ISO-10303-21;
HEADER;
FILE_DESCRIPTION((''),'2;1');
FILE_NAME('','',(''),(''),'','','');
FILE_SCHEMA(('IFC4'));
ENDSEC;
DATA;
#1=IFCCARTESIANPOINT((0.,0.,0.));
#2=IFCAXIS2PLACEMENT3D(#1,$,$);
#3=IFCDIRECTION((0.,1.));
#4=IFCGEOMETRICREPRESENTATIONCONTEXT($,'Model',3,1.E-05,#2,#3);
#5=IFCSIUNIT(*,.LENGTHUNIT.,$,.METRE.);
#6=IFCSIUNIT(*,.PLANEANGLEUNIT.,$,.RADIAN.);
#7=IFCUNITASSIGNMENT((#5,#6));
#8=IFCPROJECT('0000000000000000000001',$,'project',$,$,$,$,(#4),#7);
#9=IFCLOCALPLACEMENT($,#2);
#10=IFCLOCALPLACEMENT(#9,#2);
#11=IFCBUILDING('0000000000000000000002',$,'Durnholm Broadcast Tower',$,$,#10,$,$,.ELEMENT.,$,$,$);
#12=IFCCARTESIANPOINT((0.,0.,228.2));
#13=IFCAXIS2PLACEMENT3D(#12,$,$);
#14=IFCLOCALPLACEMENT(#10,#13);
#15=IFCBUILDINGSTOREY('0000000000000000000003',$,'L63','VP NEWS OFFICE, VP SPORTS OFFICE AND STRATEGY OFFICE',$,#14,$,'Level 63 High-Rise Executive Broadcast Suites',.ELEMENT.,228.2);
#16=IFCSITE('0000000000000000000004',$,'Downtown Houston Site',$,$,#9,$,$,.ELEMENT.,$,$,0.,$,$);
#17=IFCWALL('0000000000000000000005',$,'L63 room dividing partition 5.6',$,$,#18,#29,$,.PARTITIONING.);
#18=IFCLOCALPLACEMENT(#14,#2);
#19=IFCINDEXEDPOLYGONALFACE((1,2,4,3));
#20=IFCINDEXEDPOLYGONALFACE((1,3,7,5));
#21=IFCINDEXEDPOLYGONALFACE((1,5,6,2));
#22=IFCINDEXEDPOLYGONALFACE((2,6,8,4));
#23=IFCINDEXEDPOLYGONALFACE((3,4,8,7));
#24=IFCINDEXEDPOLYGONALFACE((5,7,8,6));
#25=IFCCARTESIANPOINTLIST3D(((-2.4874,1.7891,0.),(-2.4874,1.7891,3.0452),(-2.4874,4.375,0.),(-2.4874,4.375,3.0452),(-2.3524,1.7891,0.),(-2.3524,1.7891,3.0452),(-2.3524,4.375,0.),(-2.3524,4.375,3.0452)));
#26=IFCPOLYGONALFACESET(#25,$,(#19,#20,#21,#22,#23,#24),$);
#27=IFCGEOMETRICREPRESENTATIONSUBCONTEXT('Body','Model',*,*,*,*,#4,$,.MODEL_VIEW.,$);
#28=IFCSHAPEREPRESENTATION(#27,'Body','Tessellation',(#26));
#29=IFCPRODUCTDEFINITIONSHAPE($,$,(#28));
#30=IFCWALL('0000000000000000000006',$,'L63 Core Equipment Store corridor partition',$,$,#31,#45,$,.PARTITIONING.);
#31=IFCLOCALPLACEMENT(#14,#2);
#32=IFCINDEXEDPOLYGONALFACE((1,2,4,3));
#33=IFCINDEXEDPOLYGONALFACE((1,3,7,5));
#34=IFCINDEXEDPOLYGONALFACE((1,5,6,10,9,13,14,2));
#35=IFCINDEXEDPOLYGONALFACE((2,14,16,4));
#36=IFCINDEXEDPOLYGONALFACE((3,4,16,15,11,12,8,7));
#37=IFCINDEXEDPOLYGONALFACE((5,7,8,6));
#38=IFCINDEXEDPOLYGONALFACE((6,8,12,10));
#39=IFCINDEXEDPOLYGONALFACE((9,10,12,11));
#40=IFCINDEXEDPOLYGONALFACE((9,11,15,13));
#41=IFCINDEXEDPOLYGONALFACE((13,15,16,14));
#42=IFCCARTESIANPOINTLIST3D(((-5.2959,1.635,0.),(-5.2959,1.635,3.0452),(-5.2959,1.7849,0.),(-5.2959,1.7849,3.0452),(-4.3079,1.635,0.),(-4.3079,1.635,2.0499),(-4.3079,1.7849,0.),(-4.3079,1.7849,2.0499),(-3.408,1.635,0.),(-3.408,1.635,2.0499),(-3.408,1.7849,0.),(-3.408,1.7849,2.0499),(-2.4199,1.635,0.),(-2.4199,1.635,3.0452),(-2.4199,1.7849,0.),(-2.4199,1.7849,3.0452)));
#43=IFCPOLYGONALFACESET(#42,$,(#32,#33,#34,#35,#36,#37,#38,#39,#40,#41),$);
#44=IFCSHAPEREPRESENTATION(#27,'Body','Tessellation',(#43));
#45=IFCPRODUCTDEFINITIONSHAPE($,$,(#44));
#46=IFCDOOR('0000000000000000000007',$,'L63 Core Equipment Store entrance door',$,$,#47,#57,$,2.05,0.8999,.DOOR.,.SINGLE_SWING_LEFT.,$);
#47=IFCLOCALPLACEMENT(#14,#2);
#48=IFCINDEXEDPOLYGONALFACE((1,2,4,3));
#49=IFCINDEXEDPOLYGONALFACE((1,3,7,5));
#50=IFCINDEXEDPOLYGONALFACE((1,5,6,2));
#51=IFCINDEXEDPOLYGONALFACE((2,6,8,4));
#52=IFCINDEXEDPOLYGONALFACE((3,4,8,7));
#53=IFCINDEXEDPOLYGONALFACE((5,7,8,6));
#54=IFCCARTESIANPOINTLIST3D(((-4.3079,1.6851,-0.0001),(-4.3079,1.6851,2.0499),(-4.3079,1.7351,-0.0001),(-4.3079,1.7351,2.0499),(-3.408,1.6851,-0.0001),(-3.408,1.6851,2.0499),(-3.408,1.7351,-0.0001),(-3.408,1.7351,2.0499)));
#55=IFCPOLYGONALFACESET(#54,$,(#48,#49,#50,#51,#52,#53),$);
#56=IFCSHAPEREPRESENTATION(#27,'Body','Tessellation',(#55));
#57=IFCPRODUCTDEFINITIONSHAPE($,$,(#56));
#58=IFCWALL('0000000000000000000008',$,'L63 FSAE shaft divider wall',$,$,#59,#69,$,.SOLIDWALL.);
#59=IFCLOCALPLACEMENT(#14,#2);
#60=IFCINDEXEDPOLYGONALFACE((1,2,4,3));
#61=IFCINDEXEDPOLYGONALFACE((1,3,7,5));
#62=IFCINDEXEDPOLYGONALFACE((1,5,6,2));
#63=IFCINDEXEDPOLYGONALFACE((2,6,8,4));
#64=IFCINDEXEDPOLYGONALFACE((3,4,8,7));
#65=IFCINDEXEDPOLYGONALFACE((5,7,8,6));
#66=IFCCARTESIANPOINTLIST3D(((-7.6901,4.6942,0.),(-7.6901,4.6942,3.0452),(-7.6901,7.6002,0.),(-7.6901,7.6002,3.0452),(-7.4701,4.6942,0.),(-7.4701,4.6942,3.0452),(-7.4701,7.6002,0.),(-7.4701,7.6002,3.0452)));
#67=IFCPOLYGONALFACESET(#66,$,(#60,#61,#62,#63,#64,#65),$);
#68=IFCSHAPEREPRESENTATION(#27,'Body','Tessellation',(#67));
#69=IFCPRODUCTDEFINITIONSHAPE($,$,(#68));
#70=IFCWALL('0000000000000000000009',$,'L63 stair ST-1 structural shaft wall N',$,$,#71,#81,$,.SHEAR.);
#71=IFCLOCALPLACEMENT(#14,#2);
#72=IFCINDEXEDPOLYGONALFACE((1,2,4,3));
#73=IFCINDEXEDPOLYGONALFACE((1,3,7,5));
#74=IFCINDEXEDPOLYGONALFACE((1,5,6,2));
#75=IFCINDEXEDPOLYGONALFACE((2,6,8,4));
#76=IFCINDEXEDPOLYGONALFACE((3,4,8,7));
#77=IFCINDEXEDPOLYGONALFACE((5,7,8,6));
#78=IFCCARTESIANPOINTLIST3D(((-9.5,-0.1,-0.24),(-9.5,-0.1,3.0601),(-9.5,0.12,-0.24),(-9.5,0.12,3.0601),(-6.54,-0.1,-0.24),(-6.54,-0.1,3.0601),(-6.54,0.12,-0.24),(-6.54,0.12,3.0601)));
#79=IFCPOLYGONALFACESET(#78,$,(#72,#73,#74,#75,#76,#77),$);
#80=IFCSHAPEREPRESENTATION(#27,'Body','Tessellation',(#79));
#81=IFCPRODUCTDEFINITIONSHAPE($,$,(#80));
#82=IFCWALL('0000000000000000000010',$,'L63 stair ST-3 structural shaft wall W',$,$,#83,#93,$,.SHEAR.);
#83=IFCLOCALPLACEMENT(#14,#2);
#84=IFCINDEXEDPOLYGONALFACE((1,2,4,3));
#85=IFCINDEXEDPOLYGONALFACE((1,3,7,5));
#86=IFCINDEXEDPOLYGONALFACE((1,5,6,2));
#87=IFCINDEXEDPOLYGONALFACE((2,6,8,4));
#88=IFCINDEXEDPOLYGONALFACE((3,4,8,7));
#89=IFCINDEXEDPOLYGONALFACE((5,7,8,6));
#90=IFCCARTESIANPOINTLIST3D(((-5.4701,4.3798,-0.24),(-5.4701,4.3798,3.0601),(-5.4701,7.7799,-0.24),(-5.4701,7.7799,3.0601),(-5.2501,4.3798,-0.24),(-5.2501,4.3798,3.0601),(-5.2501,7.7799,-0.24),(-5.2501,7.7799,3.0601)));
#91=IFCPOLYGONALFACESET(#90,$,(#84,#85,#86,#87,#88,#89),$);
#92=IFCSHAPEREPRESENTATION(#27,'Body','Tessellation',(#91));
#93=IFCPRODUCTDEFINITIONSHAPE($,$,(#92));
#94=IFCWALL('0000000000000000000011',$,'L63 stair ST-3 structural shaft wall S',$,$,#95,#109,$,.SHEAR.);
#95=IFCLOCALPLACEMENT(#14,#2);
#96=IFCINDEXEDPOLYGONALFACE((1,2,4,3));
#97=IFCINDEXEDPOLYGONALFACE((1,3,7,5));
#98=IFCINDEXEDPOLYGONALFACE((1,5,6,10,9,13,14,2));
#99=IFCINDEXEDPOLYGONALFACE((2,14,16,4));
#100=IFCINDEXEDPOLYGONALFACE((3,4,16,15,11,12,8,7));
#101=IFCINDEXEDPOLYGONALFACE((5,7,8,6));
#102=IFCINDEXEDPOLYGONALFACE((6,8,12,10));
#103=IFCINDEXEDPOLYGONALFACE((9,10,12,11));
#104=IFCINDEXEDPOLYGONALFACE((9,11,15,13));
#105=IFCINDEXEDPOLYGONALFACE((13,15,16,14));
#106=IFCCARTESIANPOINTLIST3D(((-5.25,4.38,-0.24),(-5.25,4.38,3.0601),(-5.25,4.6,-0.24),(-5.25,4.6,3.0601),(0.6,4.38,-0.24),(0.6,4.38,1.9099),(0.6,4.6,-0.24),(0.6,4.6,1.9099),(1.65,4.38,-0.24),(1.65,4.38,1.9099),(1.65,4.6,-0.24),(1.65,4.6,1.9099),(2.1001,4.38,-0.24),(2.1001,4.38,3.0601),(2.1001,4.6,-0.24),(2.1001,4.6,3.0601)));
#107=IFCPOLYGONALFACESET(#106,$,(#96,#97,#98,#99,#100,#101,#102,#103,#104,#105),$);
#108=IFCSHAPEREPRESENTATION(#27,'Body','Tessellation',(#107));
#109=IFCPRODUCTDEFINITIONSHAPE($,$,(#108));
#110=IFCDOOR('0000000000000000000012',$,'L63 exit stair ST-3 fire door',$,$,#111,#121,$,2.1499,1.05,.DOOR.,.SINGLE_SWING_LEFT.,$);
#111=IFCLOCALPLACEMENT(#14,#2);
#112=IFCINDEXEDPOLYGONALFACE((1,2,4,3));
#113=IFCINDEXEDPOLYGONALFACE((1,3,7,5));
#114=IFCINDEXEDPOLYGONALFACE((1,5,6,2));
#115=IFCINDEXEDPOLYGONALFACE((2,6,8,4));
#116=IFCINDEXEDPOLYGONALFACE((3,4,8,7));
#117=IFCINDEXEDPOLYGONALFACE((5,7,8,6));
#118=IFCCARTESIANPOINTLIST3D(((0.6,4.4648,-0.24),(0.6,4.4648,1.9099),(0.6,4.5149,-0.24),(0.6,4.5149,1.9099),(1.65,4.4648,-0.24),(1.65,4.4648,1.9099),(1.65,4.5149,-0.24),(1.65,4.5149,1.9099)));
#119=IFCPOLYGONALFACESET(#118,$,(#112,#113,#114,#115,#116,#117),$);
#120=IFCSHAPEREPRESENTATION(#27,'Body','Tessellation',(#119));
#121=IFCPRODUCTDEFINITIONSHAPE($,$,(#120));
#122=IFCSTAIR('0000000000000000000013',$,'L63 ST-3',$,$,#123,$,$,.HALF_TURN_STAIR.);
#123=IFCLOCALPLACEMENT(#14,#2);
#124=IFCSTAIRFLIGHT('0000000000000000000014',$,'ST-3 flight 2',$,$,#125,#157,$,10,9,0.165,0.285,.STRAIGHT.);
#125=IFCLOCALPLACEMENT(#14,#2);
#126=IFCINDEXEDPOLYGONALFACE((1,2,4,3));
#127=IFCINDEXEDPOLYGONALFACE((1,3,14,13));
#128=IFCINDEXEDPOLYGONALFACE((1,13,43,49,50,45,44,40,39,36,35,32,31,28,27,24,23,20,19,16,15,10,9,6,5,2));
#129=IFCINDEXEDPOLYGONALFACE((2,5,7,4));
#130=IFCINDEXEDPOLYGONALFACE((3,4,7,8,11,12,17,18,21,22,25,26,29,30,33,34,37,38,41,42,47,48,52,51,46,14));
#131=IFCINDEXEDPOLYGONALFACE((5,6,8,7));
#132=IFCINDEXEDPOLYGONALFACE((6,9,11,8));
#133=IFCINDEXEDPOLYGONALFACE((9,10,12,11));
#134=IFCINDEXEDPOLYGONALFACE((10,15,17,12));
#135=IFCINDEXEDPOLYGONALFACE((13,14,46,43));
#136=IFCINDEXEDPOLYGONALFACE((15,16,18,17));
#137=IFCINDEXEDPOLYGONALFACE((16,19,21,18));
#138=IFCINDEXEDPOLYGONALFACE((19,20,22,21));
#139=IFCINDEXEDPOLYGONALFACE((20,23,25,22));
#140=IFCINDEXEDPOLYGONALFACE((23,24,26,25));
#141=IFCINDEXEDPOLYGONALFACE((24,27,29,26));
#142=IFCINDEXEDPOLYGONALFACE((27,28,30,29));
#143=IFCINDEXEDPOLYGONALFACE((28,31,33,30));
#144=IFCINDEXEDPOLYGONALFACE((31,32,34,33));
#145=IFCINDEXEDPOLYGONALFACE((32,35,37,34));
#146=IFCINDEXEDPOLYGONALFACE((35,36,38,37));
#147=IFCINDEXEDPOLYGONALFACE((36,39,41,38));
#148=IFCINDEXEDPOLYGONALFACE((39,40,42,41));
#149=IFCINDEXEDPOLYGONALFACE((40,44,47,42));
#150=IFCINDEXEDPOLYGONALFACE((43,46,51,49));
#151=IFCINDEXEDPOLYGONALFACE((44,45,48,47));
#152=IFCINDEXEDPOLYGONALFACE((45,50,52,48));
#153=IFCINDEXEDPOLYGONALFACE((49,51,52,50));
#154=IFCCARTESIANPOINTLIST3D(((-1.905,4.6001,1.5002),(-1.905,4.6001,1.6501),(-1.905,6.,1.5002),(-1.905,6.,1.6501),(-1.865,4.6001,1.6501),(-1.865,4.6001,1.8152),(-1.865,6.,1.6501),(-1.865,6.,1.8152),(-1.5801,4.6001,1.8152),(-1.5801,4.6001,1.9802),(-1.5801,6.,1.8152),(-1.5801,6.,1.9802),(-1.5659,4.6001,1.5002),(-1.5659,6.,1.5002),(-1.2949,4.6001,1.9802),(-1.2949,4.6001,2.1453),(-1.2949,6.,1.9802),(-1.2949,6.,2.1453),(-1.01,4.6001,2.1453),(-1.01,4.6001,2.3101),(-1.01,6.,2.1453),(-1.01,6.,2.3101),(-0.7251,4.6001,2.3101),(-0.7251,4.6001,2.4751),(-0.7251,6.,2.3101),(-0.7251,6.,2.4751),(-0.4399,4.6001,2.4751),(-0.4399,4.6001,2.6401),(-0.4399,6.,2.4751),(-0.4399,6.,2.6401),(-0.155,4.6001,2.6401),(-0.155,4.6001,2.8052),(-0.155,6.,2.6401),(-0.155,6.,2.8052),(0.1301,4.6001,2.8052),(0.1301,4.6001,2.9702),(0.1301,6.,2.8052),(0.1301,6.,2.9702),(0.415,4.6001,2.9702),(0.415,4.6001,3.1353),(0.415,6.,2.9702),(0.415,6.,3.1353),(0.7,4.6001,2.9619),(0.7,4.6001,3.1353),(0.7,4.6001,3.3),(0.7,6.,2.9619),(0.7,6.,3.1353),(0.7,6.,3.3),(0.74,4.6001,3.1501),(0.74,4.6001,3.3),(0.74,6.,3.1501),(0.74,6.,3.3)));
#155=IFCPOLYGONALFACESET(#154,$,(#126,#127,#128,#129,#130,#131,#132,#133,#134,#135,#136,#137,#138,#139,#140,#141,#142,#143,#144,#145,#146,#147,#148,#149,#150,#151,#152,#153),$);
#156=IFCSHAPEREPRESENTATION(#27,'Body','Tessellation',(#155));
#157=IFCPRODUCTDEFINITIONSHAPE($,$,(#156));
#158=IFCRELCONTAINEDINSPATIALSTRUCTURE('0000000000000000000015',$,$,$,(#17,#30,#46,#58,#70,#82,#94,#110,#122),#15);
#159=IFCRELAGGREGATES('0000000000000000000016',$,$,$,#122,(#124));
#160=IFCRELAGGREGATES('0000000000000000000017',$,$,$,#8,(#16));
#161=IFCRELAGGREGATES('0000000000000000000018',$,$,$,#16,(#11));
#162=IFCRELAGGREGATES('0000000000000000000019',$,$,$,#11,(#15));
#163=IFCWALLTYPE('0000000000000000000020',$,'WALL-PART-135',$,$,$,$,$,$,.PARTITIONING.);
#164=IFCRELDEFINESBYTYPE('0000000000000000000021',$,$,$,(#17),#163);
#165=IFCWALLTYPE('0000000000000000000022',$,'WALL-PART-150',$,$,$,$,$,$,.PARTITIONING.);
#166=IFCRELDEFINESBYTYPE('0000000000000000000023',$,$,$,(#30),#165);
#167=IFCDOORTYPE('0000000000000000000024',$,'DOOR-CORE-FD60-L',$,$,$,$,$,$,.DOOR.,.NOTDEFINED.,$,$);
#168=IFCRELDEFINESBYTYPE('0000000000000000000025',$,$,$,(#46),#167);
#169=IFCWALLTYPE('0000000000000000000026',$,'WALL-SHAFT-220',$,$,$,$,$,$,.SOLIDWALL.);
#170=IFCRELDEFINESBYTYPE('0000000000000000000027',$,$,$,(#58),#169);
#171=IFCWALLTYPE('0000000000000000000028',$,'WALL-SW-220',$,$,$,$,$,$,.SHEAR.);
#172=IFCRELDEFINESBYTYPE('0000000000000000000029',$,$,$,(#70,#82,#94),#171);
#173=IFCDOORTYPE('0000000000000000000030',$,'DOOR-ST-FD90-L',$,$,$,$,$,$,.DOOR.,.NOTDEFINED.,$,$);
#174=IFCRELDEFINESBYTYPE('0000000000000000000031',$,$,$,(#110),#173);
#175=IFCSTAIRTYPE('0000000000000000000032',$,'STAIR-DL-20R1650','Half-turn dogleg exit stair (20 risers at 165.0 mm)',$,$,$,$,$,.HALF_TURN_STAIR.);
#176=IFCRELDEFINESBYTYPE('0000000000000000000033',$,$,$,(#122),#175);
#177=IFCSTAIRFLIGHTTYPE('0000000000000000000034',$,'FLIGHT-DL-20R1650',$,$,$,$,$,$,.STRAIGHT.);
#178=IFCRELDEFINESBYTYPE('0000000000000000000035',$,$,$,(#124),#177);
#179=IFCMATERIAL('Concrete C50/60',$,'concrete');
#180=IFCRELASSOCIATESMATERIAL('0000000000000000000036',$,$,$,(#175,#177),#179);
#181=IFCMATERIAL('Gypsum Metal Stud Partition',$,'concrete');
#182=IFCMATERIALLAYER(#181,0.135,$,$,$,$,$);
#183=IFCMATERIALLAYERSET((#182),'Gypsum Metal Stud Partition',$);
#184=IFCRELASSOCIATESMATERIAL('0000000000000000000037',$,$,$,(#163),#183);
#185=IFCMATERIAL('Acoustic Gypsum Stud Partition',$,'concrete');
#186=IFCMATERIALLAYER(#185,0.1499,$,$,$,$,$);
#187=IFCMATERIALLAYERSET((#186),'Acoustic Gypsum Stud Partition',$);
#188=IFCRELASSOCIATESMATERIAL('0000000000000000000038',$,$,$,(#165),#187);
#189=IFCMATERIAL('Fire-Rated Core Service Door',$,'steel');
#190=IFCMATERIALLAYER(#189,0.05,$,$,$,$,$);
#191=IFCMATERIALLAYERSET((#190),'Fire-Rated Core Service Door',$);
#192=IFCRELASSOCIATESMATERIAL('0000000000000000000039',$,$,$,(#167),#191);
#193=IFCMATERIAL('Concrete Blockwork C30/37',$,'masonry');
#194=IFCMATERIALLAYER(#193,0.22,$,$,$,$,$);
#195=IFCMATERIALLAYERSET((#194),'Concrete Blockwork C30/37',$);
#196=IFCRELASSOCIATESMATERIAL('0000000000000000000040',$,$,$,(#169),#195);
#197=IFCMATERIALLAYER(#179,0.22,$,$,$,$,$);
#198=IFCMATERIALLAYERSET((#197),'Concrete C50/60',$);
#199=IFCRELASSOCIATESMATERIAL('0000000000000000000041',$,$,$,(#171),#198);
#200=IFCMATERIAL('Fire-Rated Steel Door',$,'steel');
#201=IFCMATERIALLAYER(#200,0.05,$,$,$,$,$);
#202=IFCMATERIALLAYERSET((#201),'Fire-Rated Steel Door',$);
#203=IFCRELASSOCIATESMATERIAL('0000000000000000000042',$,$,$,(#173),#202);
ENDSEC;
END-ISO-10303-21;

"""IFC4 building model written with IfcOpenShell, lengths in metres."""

from ifc_helpers import new_model, si_unit, direction, frame, frame_2d, origin, place, context, subcontext, project, spatial, polyline, rectangle, outline, extrude, source, transform, mapped, material, layer, layer_set, type_object, type_shapes, element, fill, aggregate, save


model = new_model("IFC4")

# Units and contexts
model_context = context("Model", 3, precision=1e-05, world=origin(), true_north=direction((0.0, 1.0)))
body_context = subcontext(model_context, "Body", "Model", "MODEL_VIEW")
ifc_project = project(units=[si_unit("LENGTHUNIT", "METRE"), si_unit("PLANEANGLEUNIT", "RADIAN")], contexts=[model_context])

# Site, building, storey
site_placement = place(None, origin())
site = spatial("IfcSite", under=ifc_project, at=site_placement, Name="Downtown Houston Site", CompositionType="ELEMENT", RefElevation=0.0)
building_placement = place(site_placement, origin())
building = spatial("IfcBuilding", under=site, at=building_placement, Name="Durnholm Broadcast Tower", CompositionType="ELEMENT")
storey_placement = place(building_placement, frame((0.0, 0.0, 228.2)))
storey = spatial("IfcBuildingStorey", under=building, at=storey_placement, Name="L63", Description="VP NEWS OFFICE, VP SPORTS OFFICE AND STRATEGY OFFICE", LongName="Level 63 High-Rise Executive Broadcast Suites", CompositionType="ELEMENT", Elevation=228.2)

# Shared definitions
ifc_material_1 = material(Name="Concrete C50/60", Category="concrete")

# Shared definitions
stair_type = type_object("IfcStairType", Name="STAIR-DL-20R1650", Description="Half-turn dogleg exit stair (20 risers at 165.0 mm)", PredefinedType="HALF_TURN_STAIR", material=ifc_material_1)

# Wall
ifc_material_2 = material(Name="Gypsum Metal Stud Partition", Category="concrete")
ifc_layer_1 = layer(ifc_material_2, 0.135)
ifc_layer_set_1 = layer_set([ifc_layer_1], Name="Gypsum Metal Stud Partition")
wall_type_1 = type_object("IfcWallType", Name="WALL-PART-135", PredefinedType="PARTITIONING", material=ifc_layer_set_1)
wall_1_placement = place(storey_placement, frame((-2.4199, 4.375, 0.0), z_axis=(0.0, 0.0, 1.0), x_axis=(0.0, -1.0, 0.0)))
element("IfcWall", 1, at=wall_1_placement, inside=storey, type_object=wall_type_1, Name="L63 room dividing partition 5.6", PredefinedType="PARTITIONING", context=body_context, shape_type="SweptSolid", body=[
    extrude(rectangle(XDim=2.5859, YDim=0.135, at=frame_2d((1.293, 0.0))), origin(), (0.0, 0.0, 1.0), 3.0452),
])

# Wall, opening, door
ifc_material_3 = material(Name="Acoustic Gypsum Stud Partition", Category="concrete")
ifc_layer_2 = layer(ifc_material_3, 0.1499)
ifc_layer_set_2 = layer_set([ifc_layer_2], Name="Acoustic Gypsum Stud Partition")
wall_type_2 = type_object("IfcWallType", Name="WALL-PART-150", PredefinedType="PARTITIONING", material=ifc_layer_set_2)
wall_2_placement = place(storey_placement, frame((-2.4199, 1.71, 0.0), z_axis=(0.0, 0.0, 1.0), x_axis=(-1.0, 0.0, 0.0)))
wall_2 = element("IfcWall", 2, at=wall_2_placement, inside=storey, type_object=wall_type_2, Name="L63 Core Equipment Store corridor partition", PredefinedType="PARTITIONING", context=body_context, shape_type="SweptSolid", body=[
    extrude(rectangle(XDim=2.876, YDim=0.1499, at=frame_2d((1.438, 0.0))), origin(), (0.0, 0.0, 1.0), 3.0452),
])
opening_1_placement = place(wall_2_placement, frame((0.988, 0.0, 0.0)))
opening_1 = element("IfcOpeningElement", 3, at=opening_1_placement, cuts=wall_2, PredefinedType="OPENING", context=body_context, shape_type="SweptSolid", body=[
    extrude(rectangle(XDim=0.8999, YDim=2.05, at=frame_2d((0.45, 1.0249))), frame((0.0, 0.085, 0.0), z_axis=(0.0, -1.0, 0.0), x_axis=(1.0, 0.0, 0.0)), (0.0, 0.0, 1.0), 0.1699),
])
ifc_material_4 = material(Name="Fire-Rated Core Service Door", Category="steel")
ifc_layer_3 = layer(ifc_material_4, 0.05)
ifc_layer_set_3 = layer_set([ifc_layer_3], Name="Fire-Rated Core Service Door")
door_type_1 = type_object("IfcDoorType", Name="DOOR-CORE-FD60-L", OperationType="NOTDEFINED", PredefinedType="DOOR", material=ifc_layer_set_3)
shared_shape_1 = source(origin(), body_context, "Body", "SweptSolid", [
    extrude(rectangle(XDim=0.8999, YDim=2.05, at=frame_2d((0.45, 1.0249))), frame((0.0, 0.0249, 0.0), z_axis=(0.0, -1.0, 0.0), x_axis=(1.0, 0.0, 0.0)), (0.0, 0.0, 1.0), 0.05),
])
type_shapes(door_type_1, [shared_shape_1])
door_1_placement = place(opening_1_placement, origin())
door_1 = element("IfcDoor", 4, at=door_1_placement, inside=storey, type_object=door_type_1, Name="L63 Core Equipment Store entrance door", OperationType="SINGLE_SWING_LEFT", OverallHeight=2.05, OverallWidth=0.8999, PredefinedType="DOOR", context=body_context, shape_type="MappedRepresentation", body=[
    mapped(shared_shape_1, transform((0.0, 0.0, 0.0), x_axis=(1.0, 0.0, 0.0), y_axis=(0.0, 1.0, 0.0), z_axis=(0.0, 0.0, 1.0), scale=1.0)),
])
fill(opening_1, door_1)

# Walls
ifc_material_5 = material(Name="Concrete Blockwork C30/37", Category="masonry")
ifc_layer_4 = layer(ifc_material_5, 0.22)
ifc_layer_set_4 = layer_set([ifc_layer_4], Name="Concrete Blockwork C30/37")
wall_type_3 = type_object("IfcWallType", Name="WALL-SHAFT-220", PredefinedType="SOLIDWALL", material=ifc_layer_set_4)
wall_3_placement = place(storey_placement, frame((-7.5801, 4.6941, 0.0), z_axis=(0.0, 0.0, 1.0), x_axis=(0.0, 1.0, 0.0)))
element("IfcWall", 5, at=wall_3_placement, inside=storey, type_object=wall_type_3, Name="L63 FSAE shaft divider wall", PredefinedType="SOLIDWALL", context=body_context, shape_type="SweptSolid", body=[
    extrude(rectangle(XDim=2.906, YDim=0.22, at=frame_2d((1.4531, 0.0))), origin(), (0.0, 0.0, 1.0), 3.0452),
])
ifc_layer_5 = layer(ifc_material_1, 0.22)
ifc_layer_set_5 = layer_set([ifc_layer_5], Name="Concrete C50/60")
wall_type_4 = type_object("IfcWallType", Name="WALL-SW-220", PredefinedType="SHEAR", material=ifc_layer_set_5)
wall_4_placement = place(storey_placement, frame((-6.54, 0.01, -0.24), z_axis=(0.0, 0.0, 1.0), x_axis=(-1.0, 0.0, 0.0)))
element("IfcWall", 6, at=wall_4_placement, inside=storey, type_object=wall_type_4, Name="L63 stair ST-1 structural shaft wall N", PredefinedType="SHEAR", context=body_context, shape_type="SweptSolid", body=[
    extrude(rectangle(XDim=2.96, YDim=0.22, at=frame_2d((1.48, 0.0))), origin(), (0.0, 0.0, 1.0), 3.3),
])
wall_5_placement = place(storey_placement, frame((-5.3601, 7.78, -0.24), z_axis=(0.0, 0.0, 1.0), x_axis=(0.0, -1.0, 0.0)))
element("IfcWall", 7, at=wall_5_placement, inside=storey, type_object=wall_type_4, Name="L63 stair ST-3 structural shaft wall W", PredefinedType="SHEAR", context=body_context, shape_type="SweptSolid", body=[
    extrude(rectangle(XDim=3.4001, YDim=0.22, at=frame_2d((1.7002, 0.0))), origin(), (0.0, 0.0, 1.0), 3.3),
])

# Wall, opening, door
wall_6_placement = place(storey_placement, frame((-5.25, 4.49, -0.24), z_axis=(0.0, 0.0, 1.0), x_axis=(1.0, 0.0, 0.0)))
wall_6 = element("IfcWall", 8, at=wall_6_placement, inside=storey, type_object=wall_type_4, Name="L63 stair ST-3 structural shaft wall S", PredefinedType="SHEAR", context=body_context, shape_type="SweptSolid", body=[
    extrude(rectangle(XDim=7.3501, YDim=0.22, at=frame_2d((3.675, 0.0))), origin(), (0.0, 0.0, 1.0), 3.3),
])
opening_2_placement = place(wall_6_placement, frame((5.8501, 0.0, 0.0)))
opening_2 = element("IfcOpeningElement", 9, at=opening_2_placement, cuts=wall_6, PredefinedType="OPENING", context=body_context, shape_type="SweptSolid", body=[
    extrude(rectangle(XDim=1.05, YDim=2.1499, at=frame_2d((0.5249, 1.075))), frame((0.0, 0.1201, 0.0), z_axis=(0.0, -1.0, 0.0), x_axis=(1.0, 0.0, 0.0)), (0.0, 0.0, 1.0), 0.24),
])
ifc_material_6 = material(Name="Fire-Rated Steel Door", Category="steel")
ifc_layer_6 = layer(ifc_material_6, 0.05)
ifc_layer_set_6 = layer_set([ifc_layer_6], Name="Fire-Rated Steel Door")
door_type_2 = type_object("IfcDoorType", Name="DOOR-ST-FD90-L", OperationType="NOTDEFINED", PredefinedType="DOOR", material=ifc_layer_set_6)
shared_shape_2 = source(origin(), body_context, "Body", "SweptSolid", [
    extrude(rectangle(XDim=1.05, YDim=2.1499, at=frame_2d((0.5249, 1.075))), frame((0.0, 0.0249, 0.0), z_axis=(0.0, -1.0, 0.0), x_axis=(1.0, 0.0, 0.0)), (0.0, 0.0, 1.0), 0.05),
])
type_shapes(door_type_2, [shared_shape_2])
door_2_placement = place(opening_2_placement, origin())
door_2 = element("IfcDoor", 10, at=door_2_placement, inside=storey, type_object=door_type_2, Name="L63 exit stair ST-3 fire door", OperationType="SINGLE_SWING_LEFT", OverallHeight=2.1499, OverallWidth=1.05, PredefinedType="DOOR", context=body_context, shape_type="MappedRepresentation", body=[
    mapped(shared_shape_2, transform((0.0, 0.0, 0.0), x_axis=(1.0, 0.0, 0.0), y_axis=(0.0, 1.0, 0.0), z_axis=(0.0, 0.0, 1.0), scale=1.0)),
])
fill(opening_2, door_2)

# Stair, stair flight
stair_1_placement = place(storey_placement, origin())
stair_1 = element("IfcStair", 11, at=stair_1_placement, inside=storey, type_object=stair_type, Name="L63 ST-3", PredefinedType="HALF_TURN_STAIR")
stair_flight_type = type_object("IfcStairFlightType", Name="FLIGHT-DL-20R1650", PredefinedType="STRAIGHT", material=ifc_material_1)
stair_flight_placement = place(storey_placement, frame((-1.865, 5.3, 1.6501), z_axis=(0.0, 0.0, 1.0), x_axis=(1.0, 0.0, 0.0)))
stair_flight = element("IfcStairFlight", 12, at=stair_flight_placement, type_object=stair_flight_type, Name="ST-3 flight 2", NumberOfRisers=10, NumberOfTreads=9, PredefinedType="STRAIGHT", RiserHeight=0.165, TreadLength=0.285, context=body_context, shape_type="SweptSolid", body=[
    extrude(outline(polyline([(-0.04, -0.1499), (-0.04, 0.0), (0.0, 0.0), (0.0, 0.165), (0.2849, 0.165), (0.2849, 0.3301), (0.5701, 0.3301), (0.5701, 0.4951), (0.855, 0.4951), (0.855, 0.6599), (1.1399, 0.6599), (1.1399, 0.825), (1.425, 0.825), (1.425, 0.99), (1.71, 0.99), (1.71, 1.155), (1.9951, 1.155), (1.9951, 1.3201), (2.28, 1.3201), (2.28, 1.4851), (2.5649, 1.4851), (2.5649, 1.6499), (2.605, 1.6499), (2.605, 1.5), (2.5649, 1.3118), (0.2991, -0.1499), (-0.04, -0.1499)])), frame((0.0, 0.7, 0.0), z_axis=(0.0, -1.0, 0.0), x_axis=(1.0, 0.0, 0.0)), (0.0, 0.0, 1.0), 1.3999),
])
aggregate(stair_1, [stair_flight])

save(model, "model.ifc")
